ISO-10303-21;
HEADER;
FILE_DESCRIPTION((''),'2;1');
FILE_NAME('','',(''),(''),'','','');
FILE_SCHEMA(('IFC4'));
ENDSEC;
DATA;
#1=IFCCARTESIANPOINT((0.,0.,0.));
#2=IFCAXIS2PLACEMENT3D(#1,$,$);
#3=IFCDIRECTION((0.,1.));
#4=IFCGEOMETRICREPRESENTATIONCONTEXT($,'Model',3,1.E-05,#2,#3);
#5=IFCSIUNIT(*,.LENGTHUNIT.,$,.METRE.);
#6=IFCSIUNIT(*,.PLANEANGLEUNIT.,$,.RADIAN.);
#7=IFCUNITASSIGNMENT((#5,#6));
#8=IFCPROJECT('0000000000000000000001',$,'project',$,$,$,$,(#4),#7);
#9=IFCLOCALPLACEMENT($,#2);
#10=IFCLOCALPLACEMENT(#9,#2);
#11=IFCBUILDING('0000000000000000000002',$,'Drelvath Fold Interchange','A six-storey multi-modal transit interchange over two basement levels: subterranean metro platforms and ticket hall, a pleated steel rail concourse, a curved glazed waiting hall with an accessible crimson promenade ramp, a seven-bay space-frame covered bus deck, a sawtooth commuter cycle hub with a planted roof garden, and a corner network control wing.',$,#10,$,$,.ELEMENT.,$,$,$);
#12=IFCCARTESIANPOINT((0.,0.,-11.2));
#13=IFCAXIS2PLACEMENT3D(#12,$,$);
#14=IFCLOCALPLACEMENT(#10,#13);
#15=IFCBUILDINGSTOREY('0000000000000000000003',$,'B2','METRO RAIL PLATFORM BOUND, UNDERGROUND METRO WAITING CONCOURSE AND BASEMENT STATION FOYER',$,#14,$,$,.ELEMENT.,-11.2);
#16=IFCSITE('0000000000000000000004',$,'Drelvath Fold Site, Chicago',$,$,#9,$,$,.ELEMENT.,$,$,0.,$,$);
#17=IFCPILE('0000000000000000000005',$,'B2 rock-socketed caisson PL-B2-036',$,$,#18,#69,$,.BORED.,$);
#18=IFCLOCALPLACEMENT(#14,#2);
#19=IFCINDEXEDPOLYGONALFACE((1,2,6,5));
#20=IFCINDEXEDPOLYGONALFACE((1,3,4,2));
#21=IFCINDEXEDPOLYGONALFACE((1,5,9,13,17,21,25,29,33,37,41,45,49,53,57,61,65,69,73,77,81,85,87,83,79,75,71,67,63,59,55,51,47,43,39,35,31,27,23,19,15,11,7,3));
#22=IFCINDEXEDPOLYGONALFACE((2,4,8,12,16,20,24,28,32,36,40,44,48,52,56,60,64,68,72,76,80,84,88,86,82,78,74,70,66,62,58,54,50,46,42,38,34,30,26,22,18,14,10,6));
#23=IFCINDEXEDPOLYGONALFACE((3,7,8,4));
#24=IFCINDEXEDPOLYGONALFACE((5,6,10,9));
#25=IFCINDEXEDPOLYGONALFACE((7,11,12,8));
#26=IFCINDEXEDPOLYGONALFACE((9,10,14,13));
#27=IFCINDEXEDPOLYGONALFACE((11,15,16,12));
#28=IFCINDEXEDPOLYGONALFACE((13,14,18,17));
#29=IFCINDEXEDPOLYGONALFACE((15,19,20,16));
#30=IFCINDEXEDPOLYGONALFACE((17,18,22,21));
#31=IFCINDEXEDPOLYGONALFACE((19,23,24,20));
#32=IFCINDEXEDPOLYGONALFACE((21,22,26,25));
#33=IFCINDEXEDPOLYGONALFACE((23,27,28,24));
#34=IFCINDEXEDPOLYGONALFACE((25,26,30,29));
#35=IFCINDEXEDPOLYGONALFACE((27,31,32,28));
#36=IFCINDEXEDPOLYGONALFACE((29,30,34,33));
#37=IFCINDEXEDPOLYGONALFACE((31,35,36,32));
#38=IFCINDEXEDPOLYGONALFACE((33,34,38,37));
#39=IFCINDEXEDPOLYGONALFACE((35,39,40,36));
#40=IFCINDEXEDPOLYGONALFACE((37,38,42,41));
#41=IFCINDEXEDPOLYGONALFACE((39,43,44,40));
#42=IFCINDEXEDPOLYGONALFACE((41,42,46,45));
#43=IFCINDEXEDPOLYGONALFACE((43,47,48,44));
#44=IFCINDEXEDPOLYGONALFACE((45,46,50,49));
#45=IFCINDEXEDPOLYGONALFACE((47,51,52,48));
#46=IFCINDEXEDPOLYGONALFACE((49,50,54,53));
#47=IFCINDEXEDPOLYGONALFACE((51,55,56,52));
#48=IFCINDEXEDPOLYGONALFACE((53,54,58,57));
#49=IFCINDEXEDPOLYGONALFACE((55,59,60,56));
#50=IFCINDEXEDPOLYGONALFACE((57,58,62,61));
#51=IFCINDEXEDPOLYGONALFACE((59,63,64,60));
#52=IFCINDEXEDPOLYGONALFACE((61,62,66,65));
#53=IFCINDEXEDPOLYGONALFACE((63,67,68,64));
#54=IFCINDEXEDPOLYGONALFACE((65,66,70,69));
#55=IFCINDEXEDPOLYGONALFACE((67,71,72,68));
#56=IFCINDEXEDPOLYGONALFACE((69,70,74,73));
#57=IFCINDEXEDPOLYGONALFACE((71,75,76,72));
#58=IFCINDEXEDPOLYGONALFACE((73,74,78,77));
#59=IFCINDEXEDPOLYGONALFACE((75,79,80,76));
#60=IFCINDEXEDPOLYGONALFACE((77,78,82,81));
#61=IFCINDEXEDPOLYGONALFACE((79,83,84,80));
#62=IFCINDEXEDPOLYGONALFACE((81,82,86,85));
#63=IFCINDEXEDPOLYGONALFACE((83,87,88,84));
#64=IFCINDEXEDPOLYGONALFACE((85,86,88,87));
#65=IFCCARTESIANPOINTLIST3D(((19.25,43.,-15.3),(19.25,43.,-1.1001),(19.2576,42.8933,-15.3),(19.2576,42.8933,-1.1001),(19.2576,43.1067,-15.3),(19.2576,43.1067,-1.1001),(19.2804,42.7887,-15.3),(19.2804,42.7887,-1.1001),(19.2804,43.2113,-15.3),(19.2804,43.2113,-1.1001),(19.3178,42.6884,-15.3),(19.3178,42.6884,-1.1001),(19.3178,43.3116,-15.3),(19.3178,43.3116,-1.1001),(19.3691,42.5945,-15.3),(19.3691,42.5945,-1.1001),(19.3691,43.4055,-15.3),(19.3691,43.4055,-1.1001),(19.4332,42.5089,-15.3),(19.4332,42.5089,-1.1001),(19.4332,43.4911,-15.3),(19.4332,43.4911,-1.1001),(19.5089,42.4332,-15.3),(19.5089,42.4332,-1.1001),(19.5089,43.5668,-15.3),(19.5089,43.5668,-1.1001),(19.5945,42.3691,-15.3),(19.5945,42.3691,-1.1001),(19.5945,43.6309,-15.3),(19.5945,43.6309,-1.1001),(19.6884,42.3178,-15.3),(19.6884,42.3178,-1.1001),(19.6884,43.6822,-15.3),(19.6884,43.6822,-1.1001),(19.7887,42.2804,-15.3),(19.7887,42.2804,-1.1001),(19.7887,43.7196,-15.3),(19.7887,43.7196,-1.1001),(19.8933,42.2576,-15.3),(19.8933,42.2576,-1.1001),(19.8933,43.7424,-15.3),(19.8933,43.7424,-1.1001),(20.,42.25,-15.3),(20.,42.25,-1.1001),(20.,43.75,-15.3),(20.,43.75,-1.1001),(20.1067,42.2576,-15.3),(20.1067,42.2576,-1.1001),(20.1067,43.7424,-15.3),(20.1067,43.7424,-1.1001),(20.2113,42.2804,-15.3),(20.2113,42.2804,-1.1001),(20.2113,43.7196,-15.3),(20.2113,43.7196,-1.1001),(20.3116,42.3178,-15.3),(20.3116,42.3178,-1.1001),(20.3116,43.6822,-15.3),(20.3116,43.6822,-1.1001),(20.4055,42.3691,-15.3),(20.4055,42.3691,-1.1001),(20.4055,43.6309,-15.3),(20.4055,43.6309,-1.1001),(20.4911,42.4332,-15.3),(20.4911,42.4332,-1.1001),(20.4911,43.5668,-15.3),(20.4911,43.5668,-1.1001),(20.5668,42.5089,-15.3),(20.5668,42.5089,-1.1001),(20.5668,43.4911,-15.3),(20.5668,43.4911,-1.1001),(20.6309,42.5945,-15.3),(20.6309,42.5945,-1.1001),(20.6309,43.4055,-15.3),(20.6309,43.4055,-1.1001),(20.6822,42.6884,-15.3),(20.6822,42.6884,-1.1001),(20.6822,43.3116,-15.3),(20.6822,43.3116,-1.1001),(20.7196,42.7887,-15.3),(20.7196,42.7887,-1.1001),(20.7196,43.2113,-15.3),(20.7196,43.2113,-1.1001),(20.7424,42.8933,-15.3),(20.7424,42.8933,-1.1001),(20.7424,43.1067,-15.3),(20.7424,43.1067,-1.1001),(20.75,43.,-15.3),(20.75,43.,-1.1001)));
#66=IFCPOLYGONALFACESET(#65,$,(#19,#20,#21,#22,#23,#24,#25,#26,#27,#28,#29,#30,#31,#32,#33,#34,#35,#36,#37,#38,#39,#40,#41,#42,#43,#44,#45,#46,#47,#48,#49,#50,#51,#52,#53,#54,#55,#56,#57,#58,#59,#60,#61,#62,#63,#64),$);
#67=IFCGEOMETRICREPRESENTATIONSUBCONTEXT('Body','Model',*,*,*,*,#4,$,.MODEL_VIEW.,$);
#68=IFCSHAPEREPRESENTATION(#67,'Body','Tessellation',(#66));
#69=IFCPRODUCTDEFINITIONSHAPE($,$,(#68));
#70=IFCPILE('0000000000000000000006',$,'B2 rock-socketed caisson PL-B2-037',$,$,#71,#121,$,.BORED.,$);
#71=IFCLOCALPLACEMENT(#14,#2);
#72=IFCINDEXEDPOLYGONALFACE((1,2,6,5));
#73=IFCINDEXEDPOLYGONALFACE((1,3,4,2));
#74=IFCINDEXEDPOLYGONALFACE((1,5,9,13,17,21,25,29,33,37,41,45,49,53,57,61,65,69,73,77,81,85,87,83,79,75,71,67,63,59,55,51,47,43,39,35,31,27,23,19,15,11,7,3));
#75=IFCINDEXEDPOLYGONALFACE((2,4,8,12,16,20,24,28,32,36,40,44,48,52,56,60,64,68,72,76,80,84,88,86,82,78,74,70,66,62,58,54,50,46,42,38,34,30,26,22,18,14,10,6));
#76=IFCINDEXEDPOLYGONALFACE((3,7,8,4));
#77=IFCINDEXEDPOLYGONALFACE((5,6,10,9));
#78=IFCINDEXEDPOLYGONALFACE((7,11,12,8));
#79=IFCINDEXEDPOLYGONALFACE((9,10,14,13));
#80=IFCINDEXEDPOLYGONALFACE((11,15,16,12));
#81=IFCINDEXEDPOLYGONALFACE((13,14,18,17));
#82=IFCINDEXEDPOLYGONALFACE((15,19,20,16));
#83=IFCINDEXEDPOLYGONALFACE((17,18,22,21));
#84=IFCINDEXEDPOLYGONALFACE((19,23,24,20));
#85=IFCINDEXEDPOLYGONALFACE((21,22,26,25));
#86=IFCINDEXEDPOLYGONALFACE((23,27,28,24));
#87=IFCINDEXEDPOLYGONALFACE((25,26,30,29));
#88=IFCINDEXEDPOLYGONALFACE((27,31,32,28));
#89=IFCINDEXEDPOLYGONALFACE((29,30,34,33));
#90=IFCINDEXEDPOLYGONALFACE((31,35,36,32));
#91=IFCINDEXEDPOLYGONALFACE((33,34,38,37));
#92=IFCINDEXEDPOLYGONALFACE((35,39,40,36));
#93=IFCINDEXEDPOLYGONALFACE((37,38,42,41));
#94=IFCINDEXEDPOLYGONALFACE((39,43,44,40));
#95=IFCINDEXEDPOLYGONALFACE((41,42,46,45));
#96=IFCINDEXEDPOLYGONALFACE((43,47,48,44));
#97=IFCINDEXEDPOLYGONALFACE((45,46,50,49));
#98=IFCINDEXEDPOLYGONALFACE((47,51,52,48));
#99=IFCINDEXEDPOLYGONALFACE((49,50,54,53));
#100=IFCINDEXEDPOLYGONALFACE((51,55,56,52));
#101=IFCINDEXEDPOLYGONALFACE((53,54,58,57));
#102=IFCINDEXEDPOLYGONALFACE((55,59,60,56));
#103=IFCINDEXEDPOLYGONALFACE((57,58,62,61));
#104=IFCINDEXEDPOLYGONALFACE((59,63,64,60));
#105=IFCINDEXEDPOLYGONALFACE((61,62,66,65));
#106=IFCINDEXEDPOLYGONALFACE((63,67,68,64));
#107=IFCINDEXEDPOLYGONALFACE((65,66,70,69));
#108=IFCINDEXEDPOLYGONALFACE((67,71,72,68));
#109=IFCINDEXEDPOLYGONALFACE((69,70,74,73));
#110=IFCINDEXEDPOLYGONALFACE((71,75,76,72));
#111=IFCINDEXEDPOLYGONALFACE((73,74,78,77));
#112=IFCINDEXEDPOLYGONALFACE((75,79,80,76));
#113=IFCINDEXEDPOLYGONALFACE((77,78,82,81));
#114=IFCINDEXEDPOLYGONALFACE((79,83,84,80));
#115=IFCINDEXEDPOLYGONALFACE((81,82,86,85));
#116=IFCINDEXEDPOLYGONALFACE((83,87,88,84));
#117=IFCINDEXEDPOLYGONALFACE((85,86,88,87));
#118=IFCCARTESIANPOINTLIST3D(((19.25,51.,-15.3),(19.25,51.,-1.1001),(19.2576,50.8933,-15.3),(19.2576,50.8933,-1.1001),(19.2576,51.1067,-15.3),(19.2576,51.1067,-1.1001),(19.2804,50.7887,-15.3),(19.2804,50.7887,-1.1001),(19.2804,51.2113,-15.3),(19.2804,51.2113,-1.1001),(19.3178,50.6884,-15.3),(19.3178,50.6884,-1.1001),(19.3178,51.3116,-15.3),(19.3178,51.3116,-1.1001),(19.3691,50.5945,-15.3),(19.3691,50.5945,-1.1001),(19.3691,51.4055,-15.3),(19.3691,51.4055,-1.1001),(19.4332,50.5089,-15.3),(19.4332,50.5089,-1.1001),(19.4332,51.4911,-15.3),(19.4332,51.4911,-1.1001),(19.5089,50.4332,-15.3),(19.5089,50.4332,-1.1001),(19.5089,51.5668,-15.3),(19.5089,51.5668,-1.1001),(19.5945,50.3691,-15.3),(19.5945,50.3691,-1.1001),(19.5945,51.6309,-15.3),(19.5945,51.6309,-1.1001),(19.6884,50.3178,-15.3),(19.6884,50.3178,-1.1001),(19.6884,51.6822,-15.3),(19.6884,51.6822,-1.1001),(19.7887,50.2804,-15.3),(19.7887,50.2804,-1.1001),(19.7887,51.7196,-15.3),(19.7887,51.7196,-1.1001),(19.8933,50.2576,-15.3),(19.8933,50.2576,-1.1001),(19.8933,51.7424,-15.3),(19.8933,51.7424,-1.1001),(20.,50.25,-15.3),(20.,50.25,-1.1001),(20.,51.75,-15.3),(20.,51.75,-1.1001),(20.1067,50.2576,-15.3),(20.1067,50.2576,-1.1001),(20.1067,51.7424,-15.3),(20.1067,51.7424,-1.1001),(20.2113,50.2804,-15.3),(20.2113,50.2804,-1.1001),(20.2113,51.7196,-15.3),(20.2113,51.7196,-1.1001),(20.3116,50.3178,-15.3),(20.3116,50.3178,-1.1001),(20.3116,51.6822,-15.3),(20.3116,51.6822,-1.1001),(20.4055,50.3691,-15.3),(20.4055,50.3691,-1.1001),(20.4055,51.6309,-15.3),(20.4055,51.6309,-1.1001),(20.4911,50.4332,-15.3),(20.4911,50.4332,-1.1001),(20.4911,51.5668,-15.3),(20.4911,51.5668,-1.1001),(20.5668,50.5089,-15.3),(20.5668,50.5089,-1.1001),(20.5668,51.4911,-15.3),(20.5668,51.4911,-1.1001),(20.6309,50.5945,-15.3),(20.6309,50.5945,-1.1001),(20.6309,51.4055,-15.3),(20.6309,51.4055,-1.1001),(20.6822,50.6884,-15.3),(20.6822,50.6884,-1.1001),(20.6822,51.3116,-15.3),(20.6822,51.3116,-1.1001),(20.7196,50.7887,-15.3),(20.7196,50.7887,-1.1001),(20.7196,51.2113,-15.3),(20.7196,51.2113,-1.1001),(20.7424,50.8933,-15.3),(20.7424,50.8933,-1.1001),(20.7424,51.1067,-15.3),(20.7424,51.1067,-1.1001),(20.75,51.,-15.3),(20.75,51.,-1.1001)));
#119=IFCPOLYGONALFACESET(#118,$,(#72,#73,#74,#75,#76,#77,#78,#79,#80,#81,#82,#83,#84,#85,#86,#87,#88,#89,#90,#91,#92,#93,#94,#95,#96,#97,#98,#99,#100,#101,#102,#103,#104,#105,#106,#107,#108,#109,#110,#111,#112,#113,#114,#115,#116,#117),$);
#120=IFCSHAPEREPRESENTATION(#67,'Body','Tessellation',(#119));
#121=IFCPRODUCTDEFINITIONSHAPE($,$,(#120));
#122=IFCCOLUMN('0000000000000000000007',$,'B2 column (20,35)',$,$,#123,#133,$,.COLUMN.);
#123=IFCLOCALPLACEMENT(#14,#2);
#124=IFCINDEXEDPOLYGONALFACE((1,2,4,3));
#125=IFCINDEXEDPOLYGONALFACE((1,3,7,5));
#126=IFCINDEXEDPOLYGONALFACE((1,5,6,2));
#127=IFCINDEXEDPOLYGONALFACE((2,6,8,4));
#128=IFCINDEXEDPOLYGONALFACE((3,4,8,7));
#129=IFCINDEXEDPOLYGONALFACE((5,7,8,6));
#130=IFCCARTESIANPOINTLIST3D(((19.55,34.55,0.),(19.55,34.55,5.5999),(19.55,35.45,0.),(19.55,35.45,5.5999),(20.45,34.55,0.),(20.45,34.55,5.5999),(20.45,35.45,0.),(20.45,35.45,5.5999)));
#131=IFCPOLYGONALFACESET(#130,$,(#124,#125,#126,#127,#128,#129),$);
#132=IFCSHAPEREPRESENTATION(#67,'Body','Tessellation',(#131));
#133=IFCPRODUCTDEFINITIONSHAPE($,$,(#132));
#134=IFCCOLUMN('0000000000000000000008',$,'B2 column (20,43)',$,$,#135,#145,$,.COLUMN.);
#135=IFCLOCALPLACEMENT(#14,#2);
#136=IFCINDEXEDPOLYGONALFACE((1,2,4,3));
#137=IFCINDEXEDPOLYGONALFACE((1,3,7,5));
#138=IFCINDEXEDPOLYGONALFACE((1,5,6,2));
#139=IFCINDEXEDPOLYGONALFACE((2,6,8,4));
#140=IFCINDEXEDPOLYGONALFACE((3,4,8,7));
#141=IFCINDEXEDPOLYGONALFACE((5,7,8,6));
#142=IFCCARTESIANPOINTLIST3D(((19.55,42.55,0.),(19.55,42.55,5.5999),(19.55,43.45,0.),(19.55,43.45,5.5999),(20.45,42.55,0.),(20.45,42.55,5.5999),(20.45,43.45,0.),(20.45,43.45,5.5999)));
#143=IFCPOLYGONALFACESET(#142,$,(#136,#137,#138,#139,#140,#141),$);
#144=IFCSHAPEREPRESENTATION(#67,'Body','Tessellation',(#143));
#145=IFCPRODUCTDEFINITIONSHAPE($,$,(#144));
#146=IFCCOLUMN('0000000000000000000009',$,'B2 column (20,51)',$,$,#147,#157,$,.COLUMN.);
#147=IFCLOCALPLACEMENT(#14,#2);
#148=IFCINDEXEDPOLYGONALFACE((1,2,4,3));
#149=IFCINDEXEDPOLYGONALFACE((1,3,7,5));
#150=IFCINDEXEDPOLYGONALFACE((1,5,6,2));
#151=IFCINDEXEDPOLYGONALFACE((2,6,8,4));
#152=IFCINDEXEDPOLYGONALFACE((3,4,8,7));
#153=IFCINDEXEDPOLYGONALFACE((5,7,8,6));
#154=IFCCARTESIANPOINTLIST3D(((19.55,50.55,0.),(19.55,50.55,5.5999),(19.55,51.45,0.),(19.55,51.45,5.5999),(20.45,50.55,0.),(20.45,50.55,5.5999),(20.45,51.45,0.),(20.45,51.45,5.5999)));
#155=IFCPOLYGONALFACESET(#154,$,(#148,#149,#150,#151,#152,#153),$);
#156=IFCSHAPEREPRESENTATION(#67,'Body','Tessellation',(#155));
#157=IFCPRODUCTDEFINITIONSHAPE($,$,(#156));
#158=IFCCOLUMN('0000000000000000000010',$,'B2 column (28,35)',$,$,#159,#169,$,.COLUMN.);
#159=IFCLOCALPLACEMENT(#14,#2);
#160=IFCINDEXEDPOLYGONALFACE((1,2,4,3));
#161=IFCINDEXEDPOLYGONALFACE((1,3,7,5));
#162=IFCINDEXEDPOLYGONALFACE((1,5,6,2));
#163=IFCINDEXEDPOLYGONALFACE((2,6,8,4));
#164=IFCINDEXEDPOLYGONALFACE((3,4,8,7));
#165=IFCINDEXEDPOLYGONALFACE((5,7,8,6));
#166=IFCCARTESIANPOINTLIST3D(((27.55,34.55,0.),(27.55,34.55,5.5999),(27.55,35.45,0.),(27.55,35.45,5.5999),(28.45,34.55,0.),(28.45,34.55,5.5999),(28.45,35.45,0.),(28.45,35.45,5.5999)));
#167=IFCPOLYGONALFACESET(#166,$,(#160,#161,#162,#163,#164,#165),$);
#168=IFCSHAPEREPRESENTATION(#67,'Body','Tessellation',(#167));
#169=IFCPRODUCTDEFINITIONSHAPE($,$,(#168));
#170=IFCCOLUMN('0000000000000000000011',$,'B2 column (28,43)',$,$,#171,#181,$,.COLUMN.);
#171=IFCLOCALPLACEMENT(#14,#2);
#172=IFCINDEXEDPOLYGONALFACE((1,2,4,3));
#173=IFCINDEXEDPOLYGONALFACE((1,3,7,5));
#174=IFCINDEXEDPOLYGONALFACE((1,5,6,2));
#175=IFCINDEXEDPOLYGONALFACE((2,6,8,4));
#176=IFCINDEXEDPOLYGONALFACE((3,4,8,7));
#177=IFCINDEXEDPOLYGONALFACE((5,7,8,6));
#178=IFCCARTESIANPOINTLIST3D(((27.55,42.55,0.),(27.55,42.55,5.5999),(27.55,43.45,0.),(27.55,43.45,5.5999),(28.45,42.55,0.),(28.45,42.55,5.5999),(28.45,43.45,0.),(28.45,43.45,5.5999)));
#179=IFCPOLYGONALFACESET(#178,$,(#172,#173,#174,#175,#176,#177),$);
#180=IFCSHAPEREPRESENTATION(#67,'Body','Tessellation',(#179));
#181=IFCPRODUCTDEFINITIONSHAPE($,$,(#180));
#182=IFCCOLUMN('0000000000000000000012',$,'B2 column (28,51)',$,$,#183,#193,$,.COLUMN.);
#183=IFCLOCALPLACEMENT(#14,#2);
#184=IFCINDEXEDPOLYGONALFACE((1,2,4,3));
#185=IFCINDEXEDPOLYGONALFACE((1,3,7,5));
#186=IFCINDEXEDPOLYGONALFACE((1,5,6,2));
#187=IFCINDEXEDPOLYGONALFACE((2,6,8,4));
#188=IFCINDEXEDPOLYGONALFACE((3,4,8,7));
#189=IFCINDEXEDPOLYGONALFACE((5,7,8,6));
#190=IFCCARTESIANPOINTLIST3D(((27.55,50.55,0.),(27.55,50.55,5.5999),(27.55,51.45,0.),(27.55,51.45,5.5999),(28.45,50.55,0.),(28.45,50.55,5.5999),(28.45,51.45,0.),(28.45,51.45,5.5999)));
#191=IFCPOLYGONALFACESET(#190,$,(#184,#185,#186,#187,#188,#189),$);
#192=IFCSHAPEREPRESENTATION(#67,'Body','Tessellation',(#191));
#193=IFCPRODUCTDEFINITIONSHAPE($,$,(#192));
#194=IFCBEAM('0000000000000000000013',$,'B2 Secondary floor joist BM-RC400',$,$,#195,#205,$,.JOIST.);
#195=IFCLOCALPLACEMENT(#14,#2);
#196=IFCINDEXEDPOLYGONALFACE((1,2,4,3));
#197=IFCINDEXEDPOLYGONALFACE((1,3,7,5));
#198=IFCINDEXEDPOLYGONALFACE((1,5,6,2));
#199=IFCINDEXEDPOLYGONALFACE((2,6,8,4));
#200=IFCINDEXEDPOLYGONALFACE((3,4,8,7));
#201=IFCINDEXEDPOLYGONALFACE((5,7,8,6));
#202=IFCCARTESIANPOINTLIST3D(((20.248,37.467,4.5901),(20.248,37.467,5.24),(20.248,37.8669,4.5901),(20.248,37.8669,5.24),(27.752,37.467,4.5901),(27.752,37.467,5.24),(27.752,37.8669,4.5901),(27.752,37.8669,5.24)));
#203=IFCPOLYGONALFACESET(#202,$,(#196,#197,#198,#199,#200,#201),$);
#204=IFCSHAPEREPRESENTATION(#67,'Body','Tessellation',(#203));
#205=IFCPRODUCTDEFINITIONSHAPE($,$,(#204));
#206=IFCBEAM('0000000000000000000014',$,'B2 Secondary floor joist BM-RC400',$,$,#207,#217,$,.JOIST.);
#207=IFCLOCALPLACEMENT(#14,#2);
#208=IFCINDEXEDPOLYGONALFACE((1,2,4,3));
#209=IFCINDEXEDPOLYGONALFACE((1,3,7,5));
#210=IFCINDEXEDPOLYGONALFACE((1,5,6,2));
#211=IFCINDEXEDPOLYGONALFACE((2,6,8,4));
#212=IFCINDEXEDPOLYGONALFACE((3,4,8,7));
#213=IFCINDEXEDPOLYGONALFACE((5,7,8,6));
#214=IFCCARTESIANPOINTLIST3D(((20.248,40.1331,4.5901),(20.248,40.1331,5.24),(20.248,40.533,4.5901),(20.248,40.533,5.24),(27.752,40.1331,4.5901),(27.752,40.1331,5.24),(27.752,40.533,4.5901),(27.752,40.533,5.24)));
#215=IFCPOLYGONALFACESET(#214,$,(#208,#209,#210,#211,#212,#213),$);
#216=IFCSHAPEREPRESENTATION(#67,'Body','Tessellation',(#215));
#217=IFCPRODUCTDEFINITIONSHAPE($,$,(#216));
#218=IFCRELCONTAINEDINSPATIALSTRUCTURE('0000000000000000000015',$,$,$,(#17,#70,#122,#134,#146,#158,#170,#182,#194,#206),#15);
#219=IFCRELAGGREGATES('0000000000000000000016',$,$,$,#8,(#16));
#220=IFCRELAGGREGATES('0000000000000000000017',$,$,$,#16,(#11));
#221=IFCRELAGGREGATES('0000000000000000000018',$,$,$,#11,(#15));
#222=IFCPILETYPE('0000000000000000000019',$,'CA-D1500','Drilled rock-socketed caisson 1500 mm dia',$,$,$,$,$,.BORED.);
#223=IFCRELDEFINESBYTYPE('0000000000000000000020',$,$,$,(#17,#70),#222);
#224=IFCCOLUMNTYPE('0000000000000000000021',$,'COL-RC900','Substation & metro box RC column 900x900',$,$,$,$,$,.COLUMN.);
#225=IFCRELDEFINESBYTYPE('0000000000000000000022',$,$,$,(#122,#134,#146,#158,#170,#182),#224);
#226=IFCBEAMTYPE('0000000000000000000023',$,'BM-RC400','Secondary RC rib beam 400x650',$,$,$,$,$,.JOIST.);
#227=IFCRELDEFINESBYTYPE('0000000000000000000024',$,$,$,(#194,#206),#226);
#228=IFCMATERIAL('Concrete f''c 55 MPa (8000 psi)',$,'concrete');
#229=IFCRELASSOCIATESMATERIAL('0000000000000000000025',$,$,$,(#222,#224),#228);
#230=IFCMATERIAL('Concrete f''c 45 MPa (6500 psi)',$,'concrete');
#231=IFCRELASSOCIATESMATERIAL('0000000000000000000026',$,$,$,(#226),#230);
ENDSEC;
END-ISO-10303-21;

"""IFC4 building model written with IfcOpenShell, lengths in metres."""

from ifc_helpers import new_model, si_unit, direction, frame, origin, origin_2d, place, context, subcontext, project, spatial, rectangle, circle, extrude, material, material_profile, profile_set, type_object, element, save


model = new_model("IFC4")

# Units and contexts
model_context = context("Model", 3, precision=1e-05, world=origin(), true_north=direction((0.0, 1.0)))
body_context = subcontext(model_context, "Body", "Model", "MODEL_VIEW")
ifc_project = project(units=[si_unit("LENGTHUNIT", "METRE"), si_unit("PLANEANGLEUNIT", "RADIAN")], contexts=[model_context])

# Site, building, storey
site_placement = place(None, origin())
site = spatial("IfcSite", under=ifc_project, at=site_placement, Name="Drelvath Fold Site, Chicago", CompositionType="ELEMENT", RefElevation=0.0)
building_placement = place(site_placement, origin())
building = spatial("IfcBuilding", under=site, at=building_placement, Name="Drelvath Fold Interchange", Description="A six-storey multi-modal transit interchange over two basement levels: subterranean metro platforms and ticket hall, a pleated steel rail concourse, a curved glazed waiting hall with an accessible crimson promenade ramp, a seven-bay space-frame covered bus deck, a sawtooth commuter cycle hub with a planted roof garden, and a corner network control wing.", CompositionType="ELEMENT")
storey_placement = place(building_placement, frame((0.0, 0.0, -11.2)))
storey = spatial("IfcBuildingStorey", under=building, at=storey_placement, Name="B2", Description="METRO RAIL PLATFORM BOUND, UNDERGROUND METRO WAITING CONCOURSE AND BASEMENT STATION FOYER", CompositionType="ELEMENT", Elevation=-11.2)

# Piles
ifc_material_1 = material(Name="Concrete f'c 55 MPa (8000 psi)", Category="concrete")
ifc_material_profile_1 = material_profile(ifc_material_1, circle(Radius=0.75, at=origin_2d()), Name="CAISSON D1500")
ifc_profile_set_1 = profile_set([ifc_material_profile_1], Name="Concrete f'c 55 MPa (8000 psi)")
pile_type_1 = type_object("IfcPileType", Name="CA-D1500", Description="Drilled rock-socketed caisson 1500 mm dia", PredefinedType="BORED", material=ifc_profile_set_1)
for number, where, z_axis, x_axis, name in (
    (1, (20.0, 43.0, -1.1001), (0.0, 0.0, -1.0), (1.0, 0.0, 0.0), "B2 rock-socketed caisson PL-B2-036"),
    (2, (20.0, 51.0, -1.1001), (0.0, 0.0, -1.0), (1.0, 0.0, 0.0), "B2 rock-socketed caisson PL-B2-037"),
):
    element("IfcPile", number, at=place(storey_placement, frame(where, z_axis=z_axis, x_axis=x_axis)), inside=storey, type_object=pile_type_1, Name=name, PredefinedType="BORED", context=body_context, shape_type="SweptSolid", body=[
        extrude(circle(Radius=0.75, at=origin_2d()), origin(), (0.0, 0.0, 1.0), 14.2),
    ])

# Columns
ifc_material_profile_2 = material_profile(ifc_material_1, rectangle(XDim=0.8999, YDim=0.8999, at=origin_2d()), Name="RC 900x900")
ifc_profile_set_2 = profile_set([ifc_material_profile_2], Name="Concrete f'c 55 MPa (8000 psi)")
column_type = type_object("IfcColumnType", Name="COL-RC900", Description="Substation & metro box RC column 900x900", PredefinedType="COLUMN", material=ifc_profile_set_2)
for number, where, z_axis, x_axis, name in (
    (3, (20.0, 35.0, 0.0), (0.0, 0.0, 1.0), (1.0, 0.0, 0.0), "B2 column (20,35)"),
    (4, (20.0, 43.0, 0.0), (0.0, 0.0, 1.0), (1.0, 0.0, 0.0), "B2 column (20,43)"),
    (5, (20.0, 51.0, 0.0), (0.0, 0.0, 1.0), (1.0, 0.0, 0.0), "B2 column (20,51)"),
    (6, (28.0, 35.0, 0.0), (0.0, 0.0, 1.0), (1.0, 0.0, 0.0), "B2 column (28,35)"),
    (7, (28.0, 43.0, 0.0), (0.0, 0.0, 1.0), (1.0, 0.0, 0.0), "B2 column (28,43)"),
    (8, (28.0, 51.0, 0.0), (0.0, 0.0, 1.0), (1.0, 0.0, 0.0), "B2 column (28,51)"),
):
    element("IfcColumn", number, at=place(storey_placement, frame(where, z_axis=z_axis, x_axis=x_axis)), inside=storey, type_object=column_type, Name=name, PredefinedType="COLUMN", context=body_context, shape_type="SweptSolid", body=[
        extrude(rectangle(XDim=0.8999, YDim=0.8999, at=origin_2d()), origin(), (0.0, 0.0, 1.0), 5.5999),
    ])

# Beams
ifc_material_2 = material(Name="Concrete f'c 45 MPa (6500 psi)", Category="concrete")
ifc_material_profile_3 = material_profile(ifc_material_2, rectangle(XDim=0.3999, YDim=0.6499, at=origin_2d()), Name="RC 400x650")
ifc_profile_set_3 = profile_set([ifc_material_profile_3], Name="Concrete f'c 45 MPa (6500 psi)")
beam_type_1 = type_object("IfcBeamType", Name="BM-RC400", Description="Secondary RC rib beam 400x650", PredefinedType="JOIST", material=ifc_profile_set_3)
for number, where, z_axis, x_axis, name in (
    (9, (20.248, 37.667, 4.915), (1.0, 0.0, 0.0), (0.0, 1.0, 0.0), "B2 Secondary floor joist BM-RC400"),
    (10, (20.248, 40.333, 4.915), (1.0, 0.0, 0.0), (0.0, 1.0, 0.0), "B2 Secondary floor joist BM-RC400"),
):
    element("IfcBeam", number, at=place(storey_placement, frame(where, z_axis=z_axis, x_axis=x_axis)), inside=storey, type_object=beam_type_1, Name=name, PredefinedType="JOIST", context=body_context, shape_type="SweptSolid", body=[
        extrude(rectangle(XDim=0.3999, YDim=0.6499, at=origin_2d()), origin(), (0.0, 0.0, 1.0), 7.5039),
    ])

save(model, "model.ifc")
